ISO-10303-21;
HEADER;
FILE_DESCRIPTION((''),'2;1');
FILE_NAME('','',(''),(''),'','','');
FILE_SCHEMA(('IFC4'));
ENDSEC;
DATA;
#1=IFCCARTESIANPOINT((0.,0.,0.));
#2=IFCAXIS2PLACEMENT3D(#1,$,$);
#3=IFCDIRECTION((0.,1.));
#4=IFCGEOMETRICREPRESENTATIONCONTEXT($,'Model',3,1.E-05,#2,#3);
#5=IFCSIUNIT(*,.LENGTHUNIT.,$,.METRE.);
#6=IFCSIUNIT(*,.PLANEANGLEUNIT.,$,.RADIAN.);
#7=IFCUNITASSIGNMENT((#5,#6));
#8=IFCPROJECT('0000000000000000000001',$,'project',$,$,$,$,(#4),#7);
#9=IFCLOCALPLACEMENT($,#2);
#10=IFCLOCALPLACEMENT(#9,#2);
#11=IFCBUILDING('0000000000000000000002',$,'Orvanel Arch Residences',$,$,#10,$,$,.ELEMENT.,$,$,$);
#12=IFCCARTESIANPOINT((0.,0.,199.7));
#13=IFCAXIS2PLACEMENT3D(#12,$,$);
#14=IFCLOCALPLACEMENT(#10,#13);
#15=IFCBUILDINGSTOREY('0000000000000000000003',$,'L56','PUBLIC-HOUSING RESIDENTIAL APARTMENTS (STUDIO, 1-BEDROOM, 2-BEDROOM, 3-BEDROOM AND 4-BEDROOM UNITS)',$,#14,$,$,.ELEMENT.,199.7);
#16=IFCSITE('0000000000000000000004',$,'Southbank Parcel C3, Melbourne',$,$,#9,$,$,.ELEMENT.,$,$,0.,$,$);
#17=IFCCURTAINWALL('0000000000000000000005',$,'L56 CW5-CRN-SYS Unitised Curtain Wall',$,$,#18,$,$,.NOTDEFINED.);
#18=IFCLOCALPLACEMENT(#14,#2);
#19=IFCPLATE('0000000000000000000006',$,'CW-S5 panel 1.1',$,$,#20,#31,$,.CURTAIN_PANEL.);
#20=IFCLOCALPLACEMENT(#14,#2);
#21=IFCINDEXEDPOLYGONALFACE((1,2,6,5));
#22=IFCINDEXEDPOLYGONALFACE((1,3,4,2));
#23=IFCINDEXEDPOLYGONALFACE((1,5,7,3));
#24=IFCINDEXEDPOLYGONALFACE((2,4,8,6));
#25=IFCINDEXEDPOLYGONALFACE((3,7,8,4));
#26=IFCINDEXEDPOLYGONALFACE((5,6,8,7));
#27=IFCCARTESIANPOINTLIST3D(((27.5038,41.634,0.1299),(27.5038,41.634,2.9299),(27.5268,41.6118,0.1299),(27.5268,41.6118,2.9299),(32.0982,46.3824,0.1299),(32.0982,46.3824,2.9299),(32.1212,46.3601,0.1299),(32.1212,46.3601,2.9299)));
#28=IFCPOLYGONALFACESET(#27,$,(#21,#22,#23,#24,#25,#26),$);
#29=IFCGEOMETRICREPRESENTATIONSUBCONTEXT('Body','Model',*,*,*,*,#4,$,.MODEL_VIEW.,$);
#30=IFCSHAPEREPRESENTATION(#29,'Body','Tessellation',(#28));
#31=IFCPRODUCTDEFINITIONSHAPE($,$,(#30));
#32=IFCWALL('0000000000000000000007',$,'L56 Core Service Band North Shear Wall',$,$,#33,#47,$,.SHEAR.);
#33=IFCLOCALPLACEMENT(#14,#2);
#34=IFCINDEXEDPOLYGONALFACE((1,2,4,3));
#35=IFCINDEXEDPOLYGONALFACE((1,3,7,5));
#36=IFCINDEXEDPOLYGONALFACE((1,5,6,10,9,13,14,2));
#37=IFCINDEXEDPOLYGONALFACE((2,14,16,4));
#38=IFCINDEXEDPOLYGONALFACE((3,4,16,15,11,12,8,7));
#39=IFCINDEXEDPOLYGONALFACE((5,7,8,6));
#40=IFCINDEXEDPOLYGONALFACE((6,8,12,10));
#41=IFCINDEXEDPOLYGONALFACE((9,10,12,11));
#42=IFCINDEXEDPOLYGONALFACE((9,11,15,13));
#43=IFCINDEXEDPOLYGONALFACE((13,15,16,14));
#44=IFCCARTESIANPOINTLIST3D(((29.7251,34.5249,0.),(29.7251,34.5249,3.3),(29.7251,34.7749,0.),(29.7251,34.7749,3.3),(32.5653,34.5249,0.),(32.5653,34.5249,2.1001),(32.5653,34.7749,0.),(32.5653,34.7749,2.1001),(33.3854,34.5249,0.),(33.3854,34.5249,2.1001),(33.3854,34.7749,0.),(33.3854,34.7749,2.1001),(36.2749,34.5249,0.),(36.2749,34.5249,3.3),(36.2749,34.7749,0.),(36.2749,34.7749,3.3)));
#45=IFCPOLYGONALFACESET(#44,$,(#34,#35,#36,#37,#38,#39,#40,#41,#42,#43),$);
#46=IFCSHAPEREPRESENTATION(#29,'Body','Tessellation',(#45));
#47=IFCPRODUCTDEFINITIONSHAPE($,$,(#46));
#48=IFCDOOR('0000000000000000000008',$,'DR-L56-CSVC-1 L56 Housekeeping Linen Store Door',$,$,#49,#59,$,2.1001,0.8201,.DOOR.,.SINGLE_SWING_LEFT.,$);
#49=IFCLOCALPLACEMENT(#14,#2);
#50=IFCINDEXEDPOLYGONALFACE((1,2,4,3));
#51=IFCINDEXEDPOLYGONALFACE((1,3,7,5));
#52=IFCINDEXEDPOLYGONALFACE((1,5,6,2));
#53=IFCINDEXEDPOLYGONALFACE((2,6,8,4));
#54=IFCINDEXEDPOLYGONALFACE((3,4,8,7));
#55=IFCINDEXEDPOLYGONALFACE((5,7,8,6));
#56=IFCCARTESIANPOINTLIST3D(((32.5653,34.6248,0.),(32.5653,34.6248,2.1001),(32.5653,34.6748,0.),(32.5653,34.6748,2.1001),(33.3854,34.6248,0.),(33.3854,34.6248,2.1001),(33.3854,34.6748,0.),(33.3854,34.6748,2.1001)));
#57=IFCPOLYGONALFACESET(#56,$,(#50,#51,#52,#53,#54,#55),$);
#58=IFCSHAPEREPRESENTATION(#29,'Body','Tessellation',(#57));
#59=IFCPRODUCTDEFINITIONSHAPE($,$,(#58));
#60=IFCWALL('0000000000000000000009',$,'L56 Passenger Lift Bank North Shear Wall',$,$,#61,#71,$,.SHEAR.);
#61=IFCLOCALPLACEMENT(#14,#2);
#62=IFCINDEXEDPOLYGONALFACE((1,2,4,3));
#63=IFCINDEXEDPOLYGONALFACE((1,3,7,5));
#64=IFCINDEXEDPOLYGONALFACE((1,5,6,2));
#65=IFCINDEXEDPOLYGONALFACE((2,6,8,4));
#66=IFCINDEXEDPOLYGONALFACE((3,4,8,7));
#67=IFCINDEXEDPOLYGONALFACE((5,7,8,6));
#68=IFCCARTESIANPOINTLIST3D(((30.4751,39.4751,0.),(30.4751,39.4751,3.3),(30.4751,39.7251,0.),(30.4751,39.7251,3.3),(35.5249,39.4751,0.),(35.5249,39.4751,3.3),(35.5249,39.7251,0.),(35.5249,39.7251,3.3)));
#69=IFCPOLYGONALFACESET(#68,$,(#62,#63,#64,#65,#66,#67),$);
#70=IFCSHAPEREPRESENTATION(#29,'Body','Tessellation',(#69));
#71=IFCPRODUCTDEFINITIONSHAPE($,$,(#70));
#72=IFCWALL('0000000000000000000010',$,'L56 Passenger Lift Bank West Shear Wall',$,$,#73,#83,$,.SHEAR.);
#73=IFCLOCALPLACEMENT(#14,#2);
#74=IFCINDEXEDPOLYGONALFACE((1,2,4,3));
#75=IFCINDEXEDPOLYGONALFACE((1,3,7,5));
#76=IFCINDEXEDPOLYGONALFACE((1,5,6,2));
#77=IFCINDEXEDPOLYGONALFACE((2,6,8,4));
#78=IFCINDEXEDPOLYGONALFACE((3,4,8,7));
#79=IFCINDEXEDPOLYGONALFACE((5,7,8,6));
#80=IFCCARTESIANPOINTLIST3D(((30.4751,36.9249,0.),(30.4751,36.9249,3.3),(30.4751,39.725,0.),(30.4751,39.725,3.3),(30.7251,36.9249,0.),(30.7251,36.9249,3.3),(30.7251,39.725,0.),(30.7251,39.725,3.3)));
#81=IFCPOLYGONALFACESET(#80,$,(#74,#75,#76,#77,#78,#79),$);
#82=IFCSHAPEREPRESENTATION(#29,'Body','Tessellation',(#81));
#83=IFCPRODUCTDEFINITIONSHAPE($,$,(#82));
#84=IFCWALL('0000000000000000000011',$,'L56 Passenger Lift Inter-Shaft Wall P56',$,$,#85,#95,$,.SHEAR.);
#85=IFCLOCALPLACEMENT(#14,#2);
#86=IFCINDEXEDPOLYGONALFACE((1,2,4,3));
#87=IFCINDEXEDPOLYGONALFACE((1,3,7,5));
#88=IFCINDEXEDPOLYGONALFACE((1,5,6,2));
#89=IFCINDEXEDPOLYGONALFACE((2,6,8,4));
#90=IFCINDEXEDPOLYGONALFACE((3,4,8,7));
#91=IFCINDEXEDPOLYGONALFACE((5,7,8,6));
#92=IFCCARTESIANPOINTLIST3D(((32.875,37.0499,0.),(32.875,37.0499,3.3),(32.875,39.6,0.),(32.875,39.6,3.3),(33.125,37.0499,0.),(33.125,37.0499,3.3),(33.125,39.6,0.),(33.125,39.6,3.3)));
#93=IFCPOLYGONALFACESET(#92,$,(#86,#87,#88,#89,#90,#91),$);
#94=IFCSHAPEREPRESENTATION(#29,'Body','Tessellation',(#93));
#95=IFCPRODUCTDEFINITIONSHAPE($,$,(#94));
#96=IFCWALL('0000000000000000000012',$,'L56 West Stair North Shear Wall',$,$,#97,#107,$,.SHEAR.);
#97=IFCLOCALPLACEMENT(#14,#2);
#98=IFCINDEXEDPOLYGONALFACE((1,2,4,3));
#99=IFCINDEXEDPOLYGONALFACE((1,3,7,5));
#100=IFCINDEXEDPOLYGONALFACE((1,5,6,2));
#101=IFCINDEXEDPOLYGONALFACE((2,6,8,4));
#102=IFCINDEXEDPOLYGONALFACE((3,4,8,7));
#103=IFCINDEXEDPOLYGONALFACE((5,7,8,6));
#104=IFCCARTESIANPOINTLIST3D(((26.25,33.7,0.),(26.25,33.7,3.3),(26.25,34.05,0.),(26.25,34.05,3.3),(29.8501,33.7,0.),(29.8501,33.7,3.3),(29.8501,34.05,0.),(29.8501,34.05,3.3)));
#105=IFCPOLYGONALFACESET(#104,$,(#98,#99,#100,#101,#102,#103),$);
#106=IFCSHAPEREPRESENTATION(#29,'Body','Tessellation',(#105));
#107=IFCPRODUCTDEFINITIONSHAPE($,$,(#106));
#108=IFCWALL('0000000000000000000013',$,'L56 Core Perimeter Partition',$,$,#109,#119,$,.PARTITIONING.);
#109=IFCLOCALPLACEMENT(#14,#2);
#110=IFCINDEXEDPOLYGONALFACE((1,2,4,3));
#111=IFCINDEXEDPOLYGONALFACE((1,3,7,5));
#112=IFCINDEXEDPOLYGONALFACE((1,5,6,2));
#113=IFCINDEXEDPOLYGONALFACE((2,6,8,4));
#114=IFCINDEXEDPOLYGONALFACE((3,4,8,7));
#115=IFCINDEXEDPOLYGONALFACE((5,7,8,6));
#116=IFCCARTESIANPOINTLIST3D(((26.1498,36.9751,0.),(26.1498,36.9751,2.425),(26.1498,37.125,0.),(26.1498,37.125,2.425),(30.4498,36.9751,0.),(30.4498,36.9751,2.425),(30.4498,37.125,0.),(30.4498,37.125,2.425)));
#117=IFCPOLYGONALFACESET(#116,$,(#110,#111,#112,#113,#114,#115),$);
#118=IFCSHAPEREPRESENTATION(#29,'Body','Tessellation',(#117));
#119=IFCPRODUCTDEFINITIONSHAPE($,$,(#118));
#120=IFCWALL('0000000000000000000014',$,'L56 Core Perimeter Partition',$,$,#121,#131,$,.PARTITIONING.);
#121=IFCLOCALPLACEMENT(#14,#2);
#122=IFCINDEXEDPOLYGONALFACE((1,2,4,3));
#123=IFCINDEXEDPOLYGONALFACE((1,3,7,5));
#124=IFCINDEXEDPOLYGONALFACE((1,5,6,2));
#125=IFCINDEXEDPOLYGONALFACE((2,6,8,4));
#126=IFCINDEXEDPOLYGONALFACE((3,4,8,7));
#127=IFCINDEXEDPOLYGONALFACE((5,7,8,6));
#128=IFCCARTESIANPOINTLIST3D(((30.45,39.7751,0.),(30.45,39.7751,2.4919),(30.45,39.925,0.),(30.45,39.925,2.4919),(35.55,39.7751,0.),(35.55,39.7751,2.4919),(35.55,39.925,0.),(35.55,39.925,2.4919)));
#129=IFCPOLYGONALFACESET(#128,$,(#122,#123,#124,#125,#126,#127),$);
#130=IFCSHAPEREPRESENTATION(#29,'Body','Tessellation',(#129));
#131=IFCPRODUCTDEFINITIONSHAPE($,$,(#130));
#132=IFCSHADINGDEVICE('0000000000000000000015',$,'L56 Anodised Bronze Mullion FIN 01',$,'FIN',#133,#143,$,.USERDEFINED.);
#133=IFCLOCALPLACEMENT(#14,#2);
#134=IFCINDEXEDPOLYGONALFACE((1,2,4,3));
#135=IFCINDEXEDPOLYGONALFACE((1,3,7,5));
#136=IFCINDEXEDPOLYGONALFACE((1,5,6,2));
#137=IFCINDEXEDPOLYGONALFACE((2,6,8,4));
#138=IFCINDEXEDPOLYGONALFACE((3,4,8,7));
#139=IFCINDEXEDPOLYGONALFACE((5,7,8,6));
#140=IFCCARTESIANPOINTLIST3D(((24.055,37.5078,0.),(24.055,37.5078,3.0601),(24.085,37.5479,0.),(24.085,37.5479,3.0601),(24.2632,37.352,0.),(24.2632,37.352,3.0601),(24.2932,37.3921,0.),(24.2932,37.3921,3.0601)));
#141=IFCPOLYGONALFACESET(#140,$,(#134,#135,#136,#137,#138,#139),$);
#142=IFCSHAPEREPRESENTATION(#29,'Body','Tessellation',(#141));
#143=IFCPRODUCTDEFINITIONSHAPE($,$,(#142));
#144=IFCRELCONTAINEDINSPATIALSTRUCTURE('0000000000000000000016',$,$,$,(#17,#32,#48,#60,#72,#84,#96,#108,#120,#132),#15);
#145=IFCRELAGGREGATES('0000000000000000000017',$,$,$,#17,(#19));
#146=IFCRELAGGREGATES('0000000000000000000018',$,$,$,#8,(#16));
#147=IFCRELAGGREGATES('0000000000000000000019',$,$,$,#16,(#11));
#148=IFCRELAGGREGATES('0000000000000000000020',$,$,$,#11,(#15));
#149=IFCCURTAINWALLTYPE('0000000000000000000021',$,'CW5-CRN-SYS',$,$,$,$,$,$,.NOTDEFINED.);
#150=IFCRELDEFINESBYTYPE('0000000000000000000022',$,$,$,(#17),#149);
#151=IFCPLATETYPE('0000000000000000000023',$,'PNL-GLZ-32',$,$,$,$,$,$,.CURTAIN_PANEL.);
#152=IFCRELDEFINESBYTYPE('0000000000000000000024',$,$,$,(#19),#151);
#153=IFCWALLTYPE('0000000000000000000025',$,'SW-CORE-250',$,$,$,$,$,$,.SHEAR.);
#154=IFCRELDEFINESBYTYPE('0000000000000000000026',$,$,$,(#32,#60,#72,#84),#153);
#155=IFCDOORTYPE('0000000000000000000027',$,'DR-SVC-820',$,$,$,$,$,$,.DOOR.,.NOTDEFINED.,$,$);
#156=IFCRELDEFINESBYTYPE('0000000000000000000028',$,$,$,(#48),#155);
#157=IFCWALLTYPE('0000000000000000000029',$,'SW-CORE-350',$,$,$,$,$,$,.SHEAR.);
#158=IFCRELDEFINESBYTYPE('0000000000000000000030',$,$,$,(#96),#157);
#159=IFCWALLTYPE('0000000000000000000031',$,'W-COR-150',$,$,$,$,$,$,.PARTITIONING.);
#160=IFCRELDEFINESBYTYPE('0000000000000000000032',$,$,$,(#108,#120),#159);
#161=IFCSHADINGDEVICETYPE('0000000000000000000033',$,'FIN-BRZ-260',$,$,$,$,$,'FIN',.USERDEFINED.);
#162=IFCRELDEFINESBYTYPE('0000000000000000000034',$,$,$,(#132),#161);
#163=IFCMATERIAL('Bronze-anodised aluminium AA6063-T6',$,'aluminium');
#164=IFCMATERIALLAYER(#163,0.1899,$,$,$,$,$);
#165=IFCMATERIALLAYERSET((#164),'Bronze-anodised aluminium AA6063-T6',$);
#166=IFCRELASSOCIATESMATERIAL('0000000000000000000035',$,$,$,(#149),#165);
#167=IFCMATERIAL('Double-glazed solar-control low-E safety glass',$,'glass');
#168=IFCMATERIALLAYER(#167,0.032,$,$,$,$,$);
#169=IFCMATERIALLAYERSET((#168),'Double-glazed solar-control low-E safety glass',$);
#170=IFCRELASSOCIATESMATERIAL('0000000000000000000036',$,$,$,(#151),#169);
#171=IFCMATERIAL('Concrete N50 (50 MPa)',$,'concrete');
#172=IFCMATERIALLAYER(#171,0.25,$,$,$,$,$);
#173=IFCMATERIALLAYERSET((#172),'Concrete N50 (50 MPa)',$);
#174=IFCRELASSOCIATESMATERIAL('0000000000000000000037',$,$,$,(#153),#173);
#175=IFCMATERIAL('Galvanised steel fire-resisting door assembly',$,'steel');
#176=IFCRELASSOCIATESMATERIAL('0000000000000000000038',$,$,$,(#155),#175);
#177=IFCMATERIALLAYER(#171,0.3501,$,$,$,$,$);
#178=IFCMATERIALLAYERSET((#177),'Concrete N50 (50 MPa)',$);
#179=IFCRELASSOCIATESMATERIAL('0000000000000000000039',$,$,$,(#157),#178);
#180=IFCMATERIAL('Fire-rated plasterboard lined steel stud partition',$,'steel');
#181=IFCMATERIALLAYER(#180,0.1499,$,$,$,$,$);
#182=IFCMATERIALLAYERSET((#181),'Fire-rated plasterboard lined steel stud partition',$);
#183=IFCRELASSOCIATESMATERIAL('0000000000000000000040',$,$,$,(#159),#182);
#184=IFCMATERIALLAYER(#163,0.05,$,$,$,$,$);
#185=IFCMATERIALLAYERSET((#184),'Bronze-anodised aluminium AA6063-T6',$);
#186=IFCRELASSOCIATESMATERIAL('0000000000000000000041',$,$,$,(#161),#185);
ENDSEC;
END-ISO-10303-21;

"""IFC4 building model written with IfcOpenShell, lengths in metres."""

from ifc_helpers import new_model, si_unit, direction, frame, frame_2d, origin, origin_2d, place, context, subcontext, project, spatial, rectangle, extrude, material, layer, layer_set, type_object, element, fill, aggregate, save


model = new_model("IFC4")

# Units and contexts
model_context = context("Model", 3, precision=1e-05, world=origin(), true_north=direction((0.0, 1.0)))
body_context = subcontext(model_context, "Body", "Model", "MODEL_VIEW")
ifc_project = project(units=[si_unit("LENGTHUNIT", "METRE"), si_unit("PLANEANGLEUNIT", "RADIAN")], contexts=[model_context])

# Site, building, storey
site_placement = place(None, origin())
site = spatial("IfcSite", under=ifc_project, at=site_placement, Name="Southbank Parcel C3, Melbourne", CompositionType="ELEMENT", RefElevation=0.0)
building_placement = place(site_placement, origin())
building = spatial("IfcBuilding", under=site, at=building_placement, Name="Orvanel Arch Residences", CompositionType="ELEMENT")
storey_placement = place(building_placement, frame((0.0, 0.0, 199.7)))
storey = spatial("IfcBuildingStorey", under=building, at=storey_placement, Name="L56", Description="PUBLIC-HOUSING RESIDENTIAL APARTMENTS (STUDIO, 1-BEDROOM, 2-BEDROOM, 3-BEDROOM AND 4-BEDROOM UNITS)", CompositionType="ELEMENT", Elevation=199.7)

# Shared definitions
ifc_material_1 = material(Name="Bronze-anodised aluminium AA6063-T6", Category="aluminium")
ifc_layer_1 = layer(ifc_material_1, 0.1899)
ifc_layer_set_1 = layer_set([ifc_layer_1], Name="Bronze-anodised aluminium AA6063-T6")
curtain_wall_type_1 = type_object("IfcCurtainWallType", Name="CW5-CRN-SYS", PredefinedType="NOTDEFINED", material=ifc_layer_set_1)

# Curtain wall
curtain_wall_1_placement = place(storey_placement, origin())
curtain_wall_1 = element("IfcCurtainWall", 1, at=curtain_wall_1_placement, inside=storey, type_object=curtain_wall_type_1, Name="L56 CW5-CRN-SYS Unitised Curtain Wall", PredefinedType="NOTDEFINED")

# Plate
ifc_material_2 = material(Name="Double-glazed solar-control low-E safety glass", Category="glass")
ifc_layer_2 = layer(ifc_material_2, 0.032)
ifc_layer_set_2 = layer_set([ifc_layer_2], Name="Double-glazed solar-control low-E safety glass")
plate_type_1 = type_object("IfcPlateType", Name="PNL-GLZ-32", PredefinedType="CURTAIN_PANEL", material=ifc_layer_set_2)
plate_1_placement = place(storey_placement, frame((29.8125, 43.9971, 0.1299), z_axis=(0.0, 0.0, 1.0), x_axis=(-0.695356, -0.718665, 0.0)))
plate_1 = element("IfcPlate", 2, at=plate_1_placement, type_object=plate_type_1, Name="CW-S5 panel 1.1", PredefinedType="CURTAIN_PANEL", context=body_context, shape_type="SweptSolid", body=[
    extrude(rectangle(XDim=6.6072, YDim=0.032, at=origin_2d()), origin(), (0.0, 0.0, 1.0), 2.8),
])
aggregate(curtain_wall_1, [plate_1])

# Wall, opening, door
ifc_material_3 = material(Name="Concrete N50 (50 MPa)", Category="concrete")
ifc_layer_3 = layer(ifc_material_3, 0.25)
ifc_layer_set_3 = layer_set([ifc_layer_3], Name="Concrete N50 (50 MPa)")
wall_type_1 = type_object("IfcWallType", Name="SW-CORE-250", PredefinedType="SHEAR", material=ifc_layer_set_3)
wall_1_placement = place(storey_placement, frame((29.7251, 34.6499, 0.0), z_axis=(0.0, 0.0, 1.0), x_axis=(1.0, 0.0, 0.0)))
wall_1 = element("IfcWall", 3, at=wall_1_placement, inside=storey, type_object=wall_type_1, Name="L56 Core Service Band North Shear Wall", PredefinedType="SHEAR", context=body_context, shape_type="SweptSolid", body=[
    extrude(rectangle(XDim=6.5498, YDim=0.25, at=frame_2d((3.2749, 0.0))), origin(), (0.0, 0.0, 1.0), 3.3),
])
opening_1_placement = place(wall_1_placement, frame((2.8401, 0.0, 0.0)))
opening_1 = element("IfcOpeningElement", 4, at=opening_1_placement, cuts=wall_1, PredefinedType="OPENING", context=body_context, shape_type="SweptSolid", body=[
    extrude(rectangle(XDim=0.8201, YDim=2.1001, at=frame_2d((0.4102, 1.05))), frame((0.0, 0.135, 0.0), z_axis=(0.0, -1.0, 0.0), x_axis=(1.0, 0.0, 0.0)), (0.0, 0.0, 1.0), 0.27),
])
ifc_material_4 = material(Name="Galvanised steel fire-resisting door assembly", Category="steel")
door_type_1 = type_object("IfcDoorType", Name="DR-SVC-820", OperationType="NOTDEFINED", PredefinedType="DOOR", material=ifc_material_4)
door_1_placement = place(opening_1_placement, origin())
door_1 = element("IfcDoor", 5, at=door_1_placement, inside=storey, type_object=door_type_1, Name="DR-L56-CSVC-1 L56 Housekeeping Linen Store Door", OperationType="SINGLE_SWING_LEFT", OverallHeight=2.1001, OverallWidth=0.8201, PredefinedType="DOOR", context=body_context, shape_type="SweptSolid", body=[
    extrude(rectangle(XDim=0.8201, YDim=2.1001, at=frame_2d((0.4102, 1.05))), frame((0.0, 0.0249, 0.0), z_axis=(0.0, -1.0, 0.0), x_axis=(1.0, 0.0, 0.0)), (0.0, 0.0, 1.0), 0.05),
])
fill(opening_1, door_1)

# Walls
wall_2_placement = place(storey_placement, frame((30.4751, 39.6001, 0.0), z_axis=(0.0, 0.0, 1.0), x_axis=(1.0, 0.0, 0.0)))
element("IfcWall", 6, at=wall_2_placement, inside=storey, type_object=wall_type_1, Name="L56 Passenger Lift Bank North Shear Wall", PredefinedType="SHEAR", context=body_context, shape_type="SweptSolid", body=[
    extrude(rectangle(XDim=5.0498, YDim=0.25, at=frame_2d((2.5249, 0.0))), origin(), (0.0, 0.0, 1.0), 3.3),
])
wall_3_placement = place(storey_placement, frame((30.6001, 36.925, 0.0), z_axis=(0.0, 0.0, 1.0), x_axis=(0.0, 1.0, 0.0)))
element("IfcWall", 7, at=wall_3_placement, inside=storey, type_object=wall_type_1, Name="L56 Passenger Lift Bank West Shear Wall", PredefinedType="SHEAR", context=body_context, shape_type="SweptSolid", body=[
    extrude(rectangle(XDim=2.8, YDim=0.25, at=frame_2d((1.3999, 0.0))), origin(), (0.0, 0.0, 1.0), 3.3),
])
wall_4_placement = place(storey_placement, frame((33.0, 37.05, 0.0), z_axis=(0.0, 0.0, 1.0), x_axis=(0.0, 1.0, 0.0)))
element("IfcWall", 8, at=wall_4_placement, inside=storey, type_object=wall_type_1, Name="L56 Passenger Lift Inter-Shaft Wall P56", PredefinedType="SHEAR", context=body_context, shape_type="SweptSolid", body=[
    extrude(rectangle(XDim=2.55, YDim=0.25, at=frame_2d((1.2749, 0.0))), origin(), (0.0, 0.0, 1.0), 3.3),
])
ifc_layer_4 = layer(ifc_material_3, 0.3501)
ifc_layer_set_4 = layer_set([ifc_layer_4], Name="Concrete N50 (50 MPa)")
wall_type_2 = type_object("IfcWallType", Name="SW-CORE-350", PredefinedType="SHEAR", material=ifc_layer_set_4)
wall_5_placement = place(storey_placement, frame((26.25, 33.875, 0.0), z_axis=(0.0, 0.0, 1.0), x_axis=(1.0, 0.0, 0.0)))
element("IfcWall", 9, at=wall_5_placement, inside=storey, type_object=wall_type_2, Name="L56 West Stair North Shear Wall", PredefinedType="SHEAR", context=body_context, shape_type="SweptSolid", body=[
    extrude(rectangle(XDim=3.6001, YDim=0.3501, at=frame_2d((1.8, 0.0))), origin(), (0.0, 0.0, 1.0), 3.3),
])

# Shared definitions
ifc_material_5 = material(Name="Fire-rated plasterboard lined steel stud partition", Category="steel")
ifc_layer_5 = layer(ifc_material_5, 0.1499)
ifc_layer_set_5 = layer_set([ifc_layer_5], Name="Fire-rated plasterboard lined steel stud partition")
wall_type_3 = type_object("IfcWallType", Name="W-COR-150", PredefinedType="PARTITIONING", material=ifc_layer_set_5)

# Walls
wall_6_placement = place(storey_placement, frame((26.1499, 37.05, 0.0), z_axis=(0.0, 0.0, 1.0), x_axis=(1.0, 0.0, 0.0)))
element("IfcWall", 10, at=wall_6_placement, inside=storey, type_object=wall_type_3, Name="L56 Core Perimeter Partition", PredefinedType="PARTITIONING", context=body_context, shape_type="SweptSolid", body=[
    extrude(rectangle(XDim=4.3, YDim=0.1499, at=frame_2d((2.1499, 0.0))), origin(), (0.0, 0.0, 1.0), 2.425),
])
wall_7_placement = place(storey_placement, frame((30.45, 39.8501, 0.0), z_axis=(0.0, 0.0, 1.0), x_axis=(1.0, 0.0, 0.0)))
element("IfcWall", 11, at=wall_7_placement, inside=storey, type_object=wall_type_3, Name="L56 Core Perimeter Partition", PredefinedType="PARTITIONING", context=body_context, shape_type="SweptSolid", body=[
    extrude(rectangle(XDim=5.1001, YDim=0.1499, at=frame_2d((2.55, 0.0))), origin(), (0.0, 0.0, 1.0), 2.4919),
])

# Shading device
ifc_layer_6 = layer(ifc_material_1, 0.05)
ifc_layer_set_6 = layer_set([ifc_layer_6], Name="Bronze-anodised aluminium AA6063-T6")
shading_device_type = type_object("IfcShadingDeviceType", Name="FIN-BRZ-260", ElementType="FIN", PredefinedType="USERDEFINED", material=ifc_layer_set_6)
shading_device_placement = place(storey_placement, frame((24.1741, 37.45, 0.0), z_axis=(0.0, 0.0, 1.0), x_axis=(-0.800731, 0.599024, 0.0)))
element("IfcShadingDevice", 12, at=shading_device_placement, inside=storey, type_object=shading_device_type, Name="L56 Anodised Bronze Mullion FIN 01", ObjectType="FIN", PredefinedType="USERDEFINED", context=body_context, shape_type="SweptSolid", body=[
    extrude(rectangle(XDim=0.26, YDim=0.05, at=origin_2d()), origin(), (0.0, 0.0, 1.0), 3.0601),
])

save(model, "model.ifc")
